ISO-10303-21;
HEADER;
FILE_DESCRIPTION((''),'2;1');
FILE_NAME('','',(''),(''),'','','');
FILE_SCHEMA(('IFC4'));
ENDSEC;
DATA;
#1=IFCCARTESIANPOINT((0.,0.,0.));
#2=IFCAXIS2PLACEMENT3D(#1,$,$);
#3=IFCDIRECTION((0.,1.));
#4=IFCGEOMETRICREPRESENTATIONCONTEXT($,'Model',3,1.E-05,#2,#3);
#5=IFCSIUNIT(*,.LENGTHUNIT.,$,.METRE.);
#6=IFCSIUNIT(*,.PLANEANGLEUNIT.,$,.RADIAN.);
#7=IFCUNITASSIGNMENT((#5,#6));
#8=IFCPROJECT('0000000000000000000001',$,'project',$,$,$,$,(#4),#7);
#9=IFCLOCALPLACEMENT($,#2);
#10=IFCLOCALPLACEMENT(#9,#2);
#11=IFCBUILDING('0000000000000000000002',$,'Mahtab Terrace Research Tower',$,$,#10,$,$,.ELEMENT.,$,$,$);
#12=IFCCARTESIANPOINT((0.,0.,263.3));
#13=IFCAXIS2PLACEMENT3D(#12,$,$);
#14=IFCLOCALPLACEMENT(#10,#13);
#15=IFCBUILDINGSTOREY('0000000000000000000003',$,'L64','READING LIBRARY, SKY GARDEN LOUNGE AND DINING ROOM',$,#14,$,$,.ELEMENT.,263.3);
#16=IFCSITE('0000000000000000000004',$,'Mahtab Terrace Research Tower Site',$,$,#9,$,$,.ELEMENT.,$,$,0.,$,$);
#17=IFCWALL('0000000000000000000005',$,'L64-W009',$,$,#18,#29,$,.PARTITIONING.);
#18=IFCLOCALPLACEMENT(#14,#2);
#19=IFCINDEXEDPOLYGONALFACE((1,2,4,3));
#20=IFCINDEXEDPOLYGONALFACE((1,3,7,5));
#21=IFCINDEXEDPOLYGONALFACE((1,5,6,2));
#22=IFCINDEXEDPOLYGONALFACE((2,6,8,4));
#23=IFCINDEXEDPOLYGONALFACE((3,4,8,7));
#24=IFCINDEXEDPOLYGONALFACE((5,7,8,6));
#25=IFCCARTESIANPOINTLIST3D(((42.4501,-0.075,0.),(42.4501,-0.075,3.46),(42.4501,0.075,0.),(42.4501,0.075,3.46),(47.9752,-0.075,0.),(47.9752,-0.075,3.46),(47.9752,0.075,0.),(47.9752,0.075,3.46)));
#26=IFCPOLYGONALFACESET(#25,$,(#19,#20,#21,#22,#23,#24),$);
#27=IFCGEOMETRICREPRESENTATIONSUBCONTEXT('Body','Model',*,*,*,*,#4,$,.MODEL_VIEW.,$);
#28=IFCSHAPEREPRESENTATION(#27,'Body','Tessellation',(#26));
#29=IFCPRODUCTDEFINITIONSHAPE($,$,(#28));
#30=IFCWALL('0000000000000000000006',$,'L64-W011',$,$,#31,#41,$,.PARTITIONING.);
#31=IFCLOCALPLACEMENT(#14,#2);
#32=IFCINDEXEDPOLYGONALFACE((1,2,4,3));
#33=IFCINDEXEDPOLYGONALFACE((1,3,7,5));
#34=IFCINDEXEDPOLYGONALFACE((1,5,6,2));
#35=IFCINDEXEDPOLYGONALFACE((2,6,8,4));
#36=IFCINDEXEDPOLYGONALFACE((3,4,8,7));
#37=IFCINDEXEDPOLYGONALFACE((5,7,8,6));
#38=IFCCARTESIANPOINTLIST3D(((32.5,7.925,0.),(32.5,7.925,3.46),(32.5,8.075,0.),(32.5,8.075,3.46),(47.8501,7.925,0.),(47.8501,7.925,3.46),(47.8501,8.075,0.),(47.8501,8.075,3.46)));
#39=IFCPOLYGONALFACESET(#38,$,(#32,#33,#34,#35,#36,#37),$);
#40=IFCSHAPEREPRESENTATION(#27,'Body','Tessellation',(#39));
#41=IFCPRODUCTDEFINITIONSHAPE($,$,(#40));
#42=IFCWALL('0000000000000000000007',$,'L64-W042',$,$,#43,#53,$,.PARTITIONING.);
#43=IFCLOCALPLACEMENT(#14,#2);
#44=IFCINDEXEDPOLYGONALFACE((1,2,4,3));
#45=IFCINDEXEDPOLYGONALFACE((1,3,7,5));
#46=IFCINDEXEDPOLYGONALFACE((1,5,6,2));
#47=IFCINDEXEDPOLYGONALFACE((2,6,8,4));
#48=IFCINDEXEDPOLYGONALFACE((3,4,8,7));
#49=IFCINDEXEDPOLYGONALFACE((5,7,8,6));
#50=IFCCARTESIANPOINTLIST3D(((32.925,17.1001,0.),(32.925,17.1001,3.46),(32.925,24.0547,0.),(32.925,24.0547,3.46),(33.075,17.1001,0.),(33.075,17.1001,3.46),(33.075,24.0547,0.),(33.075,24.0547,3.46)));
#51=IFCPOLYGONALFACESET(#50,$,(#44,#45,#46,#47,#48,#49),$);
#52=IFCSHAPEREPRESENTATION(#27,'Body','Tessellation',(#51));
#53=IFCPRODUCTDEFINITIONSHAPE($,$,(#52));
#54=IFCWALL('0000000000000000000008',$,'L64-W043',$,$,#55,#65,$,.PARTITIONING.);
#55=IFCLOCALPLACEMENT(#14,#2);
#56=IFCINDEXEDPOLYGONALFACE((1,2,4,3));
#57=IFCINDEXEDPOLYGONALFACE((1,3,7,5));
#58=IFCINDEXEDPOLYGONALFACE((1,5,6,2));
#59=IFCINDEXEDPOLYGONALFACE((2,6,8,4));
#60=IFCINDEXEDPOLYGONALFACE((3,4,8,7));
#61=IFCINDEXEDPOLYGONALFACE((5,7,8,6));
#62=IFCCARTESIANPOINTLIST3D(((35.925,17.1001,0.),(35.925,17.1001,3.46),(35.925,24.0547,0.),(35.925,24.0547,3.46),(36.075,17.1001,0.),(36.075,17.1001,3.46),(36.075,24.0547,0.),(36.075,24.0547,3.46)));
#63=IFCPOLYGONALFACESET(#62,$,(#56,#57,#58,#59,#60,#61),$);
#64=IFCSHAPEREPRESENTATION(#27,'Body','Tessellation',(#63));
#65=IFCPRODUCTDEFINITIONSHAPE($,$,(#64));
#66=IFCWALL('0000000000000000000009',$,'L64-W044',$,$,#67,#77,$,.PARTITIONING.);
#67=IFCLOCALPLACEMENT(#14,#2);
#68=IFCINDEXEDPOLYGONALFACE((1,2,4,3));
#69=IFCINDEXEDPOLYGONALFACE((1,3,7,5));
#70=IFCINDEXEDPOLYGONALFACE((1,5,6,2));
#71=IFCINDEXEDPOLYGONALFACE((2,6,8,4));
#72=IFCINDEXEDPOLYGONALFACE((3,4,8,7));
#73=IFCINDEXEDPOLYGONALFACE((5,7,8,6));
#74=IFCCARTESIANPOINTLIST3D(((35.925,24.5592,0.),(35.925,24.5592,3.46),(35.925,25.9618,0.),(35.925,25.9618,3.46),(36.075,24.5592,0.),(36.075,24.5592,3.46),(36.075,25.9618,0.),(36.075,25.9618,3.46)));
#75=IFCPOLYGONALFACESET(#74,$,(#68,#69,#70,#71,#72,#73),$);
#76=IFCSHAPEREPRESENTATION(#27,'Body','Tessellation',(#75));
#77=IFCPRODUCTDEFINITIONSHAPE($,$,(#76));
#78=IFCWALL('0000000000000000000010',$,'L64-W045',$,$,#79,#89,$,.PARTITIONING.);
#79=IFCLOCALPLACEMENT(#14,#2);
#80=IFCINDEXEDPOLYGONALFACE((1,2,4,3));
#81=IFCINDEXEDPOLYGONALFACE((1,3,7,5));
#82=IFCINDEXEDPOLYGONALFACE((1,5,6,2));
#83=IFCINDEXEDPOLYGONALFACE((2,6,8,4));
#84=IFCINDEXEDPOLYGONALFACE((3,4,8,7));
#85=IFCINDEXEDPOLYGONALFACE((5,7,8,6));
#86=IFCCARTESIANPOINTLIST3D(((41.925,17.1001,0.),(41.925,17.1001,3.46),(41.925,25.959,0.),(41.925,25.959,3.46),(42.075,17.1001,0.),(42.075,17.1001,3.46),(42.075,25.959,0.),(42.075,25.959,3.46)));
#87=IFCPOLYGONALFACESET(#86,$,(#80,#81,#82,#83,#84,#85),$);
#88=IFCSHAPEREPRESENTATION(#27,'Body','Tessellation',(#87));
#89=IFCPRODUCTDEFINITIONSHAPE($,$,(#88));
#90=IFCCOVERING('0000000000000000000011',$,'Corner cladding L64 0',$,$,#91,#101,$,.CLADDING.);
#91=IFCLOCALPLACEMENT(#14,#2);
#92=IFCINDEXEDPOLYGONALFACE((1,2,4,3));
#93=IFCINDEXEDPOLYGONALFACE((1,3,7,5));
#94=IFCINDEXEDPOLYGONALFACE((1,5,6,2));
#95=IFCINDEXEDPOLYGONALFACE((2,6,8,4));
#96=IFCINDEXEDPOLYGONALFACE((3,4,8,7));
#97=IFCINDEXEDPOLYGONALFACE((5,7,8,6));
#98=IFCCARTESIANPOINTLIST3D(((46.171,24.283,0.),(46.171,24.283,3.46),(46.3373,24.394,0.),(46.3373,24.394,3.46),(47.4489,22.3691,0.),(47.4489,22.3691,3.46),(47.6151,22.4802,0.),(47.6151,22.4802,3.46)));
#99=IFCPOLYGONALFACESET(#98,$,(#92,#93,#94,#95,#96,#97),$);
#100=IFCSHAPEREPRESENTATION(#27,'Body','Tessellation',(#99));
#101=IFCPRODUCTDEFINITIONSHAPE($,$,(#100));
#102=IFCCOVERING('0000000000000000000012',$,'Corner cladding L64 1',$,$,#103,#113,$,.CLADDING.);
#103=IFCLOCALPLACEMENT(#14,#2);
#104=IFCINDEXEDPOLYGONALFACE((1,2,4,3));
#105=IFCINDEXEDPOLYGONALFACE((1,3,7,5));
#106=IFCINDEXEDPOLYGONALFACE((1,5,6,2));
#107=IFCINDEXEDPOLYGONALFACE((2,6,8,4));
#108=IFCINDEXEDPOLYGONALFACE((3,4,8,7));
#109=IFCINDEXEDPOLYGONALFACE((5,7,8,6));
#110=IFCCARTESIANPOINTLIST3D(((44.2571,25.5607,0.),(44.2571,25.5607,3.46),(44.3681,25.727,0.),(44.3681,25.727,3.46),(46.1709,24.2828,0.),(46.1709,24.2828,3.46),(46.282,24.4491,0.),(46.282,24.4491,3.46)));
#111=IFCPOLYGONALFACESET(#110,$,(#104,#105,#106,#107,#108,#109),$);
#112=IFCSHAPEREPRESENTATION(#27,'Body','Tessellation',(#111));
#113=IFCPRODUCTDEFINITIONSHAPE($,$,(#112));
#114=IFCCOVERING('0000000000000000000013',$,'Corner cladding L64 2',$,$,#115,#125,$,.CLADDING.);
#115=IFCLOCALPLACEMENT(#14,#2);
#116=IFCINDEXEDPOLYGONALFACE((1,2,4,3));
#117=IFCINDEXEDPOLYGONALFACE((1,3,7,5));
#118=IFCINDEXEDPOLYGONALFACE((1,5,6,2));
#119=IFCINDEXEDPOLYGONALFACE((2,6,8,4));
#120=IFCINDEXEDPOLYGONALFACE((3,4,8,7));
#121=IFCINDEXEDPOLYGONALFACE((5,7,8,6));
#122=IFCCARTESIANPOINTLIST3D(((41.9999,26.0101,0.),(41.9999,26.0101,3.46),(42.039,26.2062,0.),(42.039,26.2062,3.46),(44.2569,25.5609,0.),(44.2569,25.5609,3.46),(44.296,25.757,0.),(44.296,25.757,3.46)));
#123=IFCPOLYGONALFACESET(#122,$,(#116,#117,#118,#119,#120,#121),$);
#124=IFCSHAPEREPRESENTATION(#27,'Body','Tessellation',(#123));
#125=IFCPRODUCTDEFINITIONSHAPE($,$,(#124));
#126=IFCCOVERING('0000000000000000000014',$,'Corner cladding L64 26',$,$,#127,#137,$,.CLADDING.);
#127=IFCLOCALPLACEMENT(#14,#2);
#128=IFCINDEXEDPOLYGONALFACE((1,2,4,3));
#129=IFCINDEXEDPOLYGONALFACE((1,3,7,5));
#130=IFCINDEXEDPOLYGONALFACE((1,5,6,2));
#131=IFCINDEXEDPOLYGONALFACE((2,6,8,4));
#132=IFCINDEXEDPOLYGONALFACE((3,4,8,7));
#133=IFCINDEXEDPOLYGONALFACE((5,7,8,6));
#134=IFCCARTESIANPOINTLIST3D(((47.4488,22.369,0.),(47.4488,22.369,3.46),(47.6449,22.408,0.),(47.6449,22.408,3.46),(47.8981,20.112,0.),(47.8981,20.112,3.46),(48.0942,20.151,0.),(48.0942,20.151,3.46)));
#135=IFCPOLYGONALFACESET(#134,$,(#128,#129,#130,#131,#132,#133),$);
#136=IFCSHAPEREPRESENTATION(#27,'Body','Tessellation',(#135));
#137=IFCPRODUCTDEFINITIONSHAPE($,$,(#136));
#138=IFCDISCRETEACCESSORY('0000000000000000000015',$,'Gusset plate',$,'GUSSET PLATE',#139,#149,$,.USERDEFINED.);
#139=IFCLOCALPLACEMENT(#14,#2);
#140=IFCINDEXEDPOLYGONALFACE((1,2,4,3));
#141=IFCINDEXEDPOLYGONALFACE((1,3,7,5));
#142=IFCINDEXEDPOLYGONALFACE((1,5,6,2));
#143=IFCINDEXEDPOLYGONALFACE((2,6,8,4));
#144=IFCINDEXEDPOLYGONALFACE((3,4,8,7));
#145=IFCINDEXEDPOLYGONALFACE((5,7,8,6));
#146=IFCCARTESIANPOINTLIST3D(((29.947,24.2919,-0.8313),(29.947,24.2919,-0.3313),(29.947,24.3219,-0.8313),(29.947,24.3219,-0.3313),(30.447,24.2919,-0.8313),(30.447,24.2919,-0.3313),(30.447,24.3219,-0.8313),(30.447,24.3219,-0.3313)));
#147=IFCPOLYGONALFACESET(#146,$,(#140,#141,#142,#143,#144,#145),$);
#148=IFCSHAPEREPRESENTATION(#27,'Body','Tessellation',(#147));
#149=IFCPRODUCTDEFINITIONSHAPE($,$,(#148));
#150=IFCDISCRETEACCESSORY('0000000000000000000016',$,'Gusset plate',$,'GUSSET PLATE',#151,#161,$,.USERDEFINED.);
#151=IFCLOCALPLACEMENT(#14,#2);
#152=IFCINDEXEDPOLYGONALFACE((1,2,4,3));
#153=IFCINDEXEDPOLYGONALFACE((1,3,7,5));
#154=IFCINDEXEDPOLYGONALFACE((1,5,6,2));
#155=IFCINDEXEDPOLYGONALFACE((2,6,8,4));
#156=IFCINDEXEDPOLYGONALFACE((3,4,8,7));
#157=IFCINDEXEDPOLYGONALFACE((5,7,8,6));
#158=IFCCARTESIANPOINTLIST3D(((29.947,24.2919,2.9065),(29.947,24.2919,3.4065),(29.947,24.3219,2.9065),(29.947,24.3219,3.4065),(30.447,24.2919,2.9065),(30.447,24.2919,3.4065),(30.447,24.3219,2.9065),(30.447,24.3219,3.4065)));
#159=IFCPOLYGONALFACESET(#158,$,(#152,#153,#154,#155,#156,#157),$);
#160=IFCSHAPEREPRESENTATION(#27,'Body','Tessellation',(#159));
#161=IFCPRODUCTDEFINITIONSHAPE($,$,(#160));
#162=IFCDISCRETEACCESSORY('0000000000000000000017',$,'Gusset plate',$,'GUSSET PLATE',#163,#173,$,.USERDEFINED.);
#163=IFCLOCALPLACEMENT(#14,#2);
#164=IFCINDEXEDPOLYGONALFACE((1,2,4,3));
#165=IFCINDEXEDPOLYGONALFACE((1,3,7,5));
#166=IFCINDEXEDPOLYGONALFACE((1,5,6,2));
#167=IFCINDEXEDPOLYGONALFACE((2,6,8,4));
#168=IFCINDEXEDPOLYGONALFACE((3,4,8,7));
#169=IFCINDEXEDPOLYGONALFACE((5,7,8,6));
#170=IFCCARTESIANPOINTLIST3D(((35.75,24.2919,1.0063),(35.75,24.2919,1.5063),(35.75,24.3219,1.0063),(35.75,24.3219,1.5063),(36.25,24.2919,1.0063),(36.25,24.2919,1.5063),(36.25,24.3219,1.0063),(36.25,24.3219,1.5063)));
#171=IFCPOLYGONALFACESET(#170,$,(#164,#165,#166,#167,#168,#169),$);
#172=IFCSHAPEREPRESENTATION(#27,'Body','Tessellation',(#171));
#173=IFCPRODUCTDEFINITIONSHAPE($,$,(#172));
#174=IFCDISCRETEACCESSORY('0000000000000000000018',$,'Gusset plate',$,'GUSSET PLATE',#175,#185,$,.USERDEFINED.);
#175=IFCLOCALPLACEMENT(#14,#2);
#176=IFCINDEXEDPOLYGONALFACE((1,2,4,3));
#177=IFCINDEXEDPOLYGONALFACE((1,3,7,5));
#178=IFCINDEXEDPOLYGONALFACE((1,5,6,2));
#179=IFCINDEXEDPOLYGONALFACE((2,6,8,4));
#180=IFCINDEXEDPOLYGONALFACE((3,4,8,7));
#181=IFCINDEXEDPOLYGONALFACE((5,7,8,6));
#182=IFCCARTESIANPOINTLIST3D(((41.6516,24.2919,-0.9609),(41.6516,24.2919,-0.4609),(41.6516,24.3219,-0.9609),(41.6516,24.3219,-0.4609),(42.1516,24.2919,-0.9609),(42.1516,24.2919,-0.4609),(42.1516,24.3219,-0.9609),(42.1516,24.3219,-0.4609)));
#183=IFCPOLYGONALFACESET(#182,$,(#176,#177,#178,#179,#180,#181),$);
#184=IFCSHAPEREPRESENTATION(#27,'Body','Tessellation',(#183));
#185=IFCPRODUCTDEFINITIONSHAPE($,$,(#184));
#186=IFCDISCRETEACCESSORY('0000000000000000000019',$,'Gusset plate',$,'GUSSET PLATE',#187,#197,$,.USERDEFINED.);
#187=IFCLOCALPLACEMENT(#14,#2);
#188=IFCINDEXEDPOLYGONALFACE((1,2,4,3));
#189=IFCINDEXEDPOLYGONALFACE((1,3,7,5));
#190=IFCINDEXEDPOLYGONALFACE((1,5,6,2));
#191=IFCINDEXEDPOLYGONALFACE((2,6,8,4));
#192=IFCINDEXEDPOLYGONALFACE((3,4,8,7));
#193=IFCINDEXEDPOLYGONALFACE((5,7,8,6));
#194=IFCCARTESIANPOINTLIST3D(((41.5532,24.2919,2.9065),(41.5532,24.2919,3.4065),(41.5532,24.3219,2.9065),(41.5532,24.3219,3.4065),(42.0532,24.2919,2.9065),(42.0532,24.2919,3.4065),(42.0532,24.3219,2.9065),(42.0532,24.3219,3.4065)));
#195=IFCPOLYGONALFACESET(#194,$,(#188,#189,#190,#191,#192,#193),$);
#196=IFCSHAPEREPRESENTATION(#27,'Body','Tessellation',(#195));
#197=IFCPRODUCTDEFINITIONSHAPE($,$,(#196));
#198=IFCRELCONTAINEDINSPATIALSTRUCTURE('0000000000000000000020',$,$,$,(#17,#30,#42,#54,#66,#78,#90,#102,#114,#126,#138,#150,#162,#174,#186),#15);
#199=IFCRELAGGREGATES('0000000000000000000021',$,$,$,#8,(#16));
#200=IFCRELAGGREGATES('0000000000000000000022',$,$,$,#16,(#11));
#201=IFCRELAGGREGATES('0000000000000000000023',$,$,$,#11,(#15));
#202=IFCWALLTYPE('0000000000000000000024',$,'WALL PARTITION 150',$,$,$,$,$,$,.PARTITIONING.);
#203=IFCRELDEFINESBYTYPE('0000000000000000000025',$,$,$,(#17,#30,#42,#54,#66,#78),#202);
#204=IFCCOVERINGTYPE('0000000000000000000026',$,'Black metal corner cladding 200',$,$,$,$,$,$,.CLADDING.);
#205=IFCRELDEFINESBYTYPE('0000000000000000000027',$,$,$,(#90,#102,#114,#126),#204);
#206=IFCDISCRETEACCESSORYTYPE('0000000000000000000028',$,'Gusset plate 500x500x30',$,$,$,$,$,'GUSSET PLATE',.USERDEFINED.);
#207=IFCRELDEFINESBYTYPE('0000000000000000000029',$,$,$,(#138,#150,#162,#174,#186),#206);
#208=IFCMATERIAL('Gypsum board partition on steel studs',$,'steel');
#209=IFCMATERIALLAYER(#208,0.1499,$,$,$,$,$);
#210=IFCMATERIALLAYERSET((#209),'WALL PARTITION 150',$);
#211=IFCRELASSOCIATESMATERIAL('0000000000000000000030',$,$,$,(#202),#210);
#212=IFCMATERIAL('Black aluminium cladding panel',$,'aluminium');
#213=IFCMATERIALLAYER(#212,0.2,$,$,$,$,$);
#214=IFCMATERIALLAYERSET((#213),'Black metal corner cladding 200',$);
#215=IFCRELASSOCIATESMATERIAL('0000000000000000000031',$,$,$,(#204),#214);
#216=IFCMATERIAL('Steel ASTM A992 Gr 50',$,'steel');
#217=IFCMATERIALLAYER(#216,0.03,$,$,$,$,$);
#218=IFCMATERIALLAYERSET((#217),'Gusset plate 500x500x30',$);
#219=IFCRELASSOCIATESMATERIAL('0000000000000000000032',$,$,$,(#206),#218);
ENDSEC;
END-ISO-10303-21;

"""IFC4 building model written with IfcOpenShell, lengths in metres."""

from ifc_helpers import new_model, si_unit, direction, frame, frame_2d, origin, origin_2d, place, context, subcontext, project, spatial, rectangle, extrude, material, layer, layer_set, type_object, element, save


model = new_model("IFC4")

# Units and contexts
model_context = context("Model", 3, precision=1e-05, world=origin(), true_north=direction((0.0, 1.0)))
body_context = subcontext(model_context, "Body", "Model", "MODEL_VIEW")
ifc_project = project(units=[si_unit("LENGTHUNIT", "METRE"), si_unit("PLANEANGLEUNIT", "RADIAN")], contexts=[model_context])

# Site, building, storey
site_placement = place(None, origin())
site = spatial("IfcSite", under=ifc_project, at=site_placement, Name="Mahtab Terrace Research Tower Site", CompositionType="ELEMENT", RefElevation=0.0)
building_placement = place(site_placement, origin())
building = spatial("IfcBuilding", under=site, at=building_placement, Name="Mahtab Terrace Research Tower", CompositionType="ELEMENT")
storey_placement = place(building_placement, frame((0.0, 0.0, 263.3)))
storey = spatial("IfcBuildingStorey", under=building, at=storey_placement, Name="L64", Description="READING LIBRARY, SKY GARDEN LOUNGE AND DINING ROOM", CompositionType="ELEMENT", Elevation=263.3)

# Shared definitions
ifc_material_1 = material(Name="Steel ASTM A992 Gr 50", Category="steel")

# Shared definitions
ifc_material_2 = material(Name="Black aluminium cladding panel", Category="aluminium")

# Walls
ifc_material_3 = material(Name="Gypsum board partition on steel studs", Category="steel")
ifc_layer_1 = layer(ifc_material_3, 0.1499)
ifc_layer_set_1 = layer_set([ifc_layer_1], Name="WALL PARTITION 150")
wall_type_1 = type_object("IfcWallType", Name="WALL PARTITION 150", PredefinedType="PARTITIONING", material=ifc_layer_set_1)
wall_1_placement = place(storey_placement, frame((42.45, 0.0, 0.0), z_axis=(0.0, 0.0, 1.0), x_axis=(1.0, 0.0, 0.0)))
element("IfcWall", 1, at=wall_1_placement, inside=storey, type_object=wall_type_1, Name="L64-W009", PredefinedType="PARTITIONING", context=body_context, shape_type="SweptSolid", body=[
    extrude(rectangle(XDim=5.5251, YDim=0.1499, at=frame_2d((2.7627, 0.0))), origin(), (0.0, 0.0, 1.0), 3.46),
])
wall_2_placement = place(storey_placement, frame((32.5, 8.0, 0.0), z_axis=(0.0, 0.0, 1.0), x_axis=(1.0, 0.0, 0.0)))
element("IfcWall", 2, at=wall_2_placement, inside=storey, type_object=wall_type_1, Name="L64-W011", PredefinedType="PARTITIONING", context=body_context, shape_type="SweptSolid", body=[
    extrude(rectangle(XDim=15.3501, YDim=0.1499, at=frame_2d((7.675, 0.0))), origin(), (0.0, 0.0, 1.0), 3.46),
])
for number, where, z_axis, x_axis, name in (
    (3, (33.0, 17.1001, 0.0), (0.0, 0.0, 1.0), (0.0, 1.0, 0.0), "L64-W042"),
    (4, (36.0, 17.1001, 0.0), (0.0, 0.0, 1.0), (0.0, 1.0, 0.0), "L64-W043"),
):
    element("IfcWall", number, at=place(storey_placement, frame(where, z_axis=z_axis, x_axis=x_axis)), inside=storey, type_object=wall_type_1, Name=name, PredefinedType="PARTITIONING", context=body_context, shape_type="SweptSolid", body=[
        extrude(rectangle(XDim=6.9546, YDim=0.1499, at=frame_2d((3.4773, 0.0))), origin(), (0.0, 0.0, 1.0), 3.46),
    ])
wall_3_placement = place(storey_placement, frame((36.0, 24.5593, 0.0), z_axis=(0.0, 0.0, 1.0), x_axis=(0.0, 1.0, 0.0)))
element("IfcWall", 5, at=wall_3_placement, inside=storey, type_object=wall_type_1, Name="L64-W044", PredefinedType="PARTITIONING", context=body_context, shape_type="SweptSolid", body=[
    extrude(rectangle(XDim=1.4026, YDim=0.1499, at=frame_2d((0.7012, 0.0))), origin(), (0.0, 0.0, 1.0), 3.46),
])
wall_4_placement = place(storey_placement, frame((42.0, 17.1001, 0.0), z_axis=(0.0, 0.0, 1.0), x_axis=(0.0, 1.0, 0.0)))
element("IfcWall", 6, at=wall_4_placement, inside=storey, type_object=wall_type_1, Name="L64-W045", PredefinedType="PARTITIONING", context=body_context, shape_type="SweptSolid", body=[
    extrude(rectangle(XDim=8.8589, YDim=0.1499, at=frame_2d((4.4294, 0.0))), origin(), (0.0, 0.0, 1.0), 3.46),
])

# Coverings
ifc_layer_2 = layer(ifc_material_2, 0.2)
ifc_layer_set_2 = layer_set([ifc_layer_2], Name="Black metal corner cladding 200")
covering_type = type_object("IfcCoveringType", Name="Black metal corner cladding 200", PredefinedType="CLADDING", material=ifc_layer_set_2)
for number, where, z_axis, x_axis, name in (
    (7, (46.8931, 23.3816, 0.0), (0.0, 0.0, 1.0), (-0.555291, 0.831656, 0.0), "Corner cladding L64 0"),
    (8, (45.2695, 25.0049, 0.0), (0.0, 0.0, 1.0), (-0.831656, 0.555291, 0.0), "Corner cladding L64 1"),
    (9, (43.1479, 25.8835, 0.0), (0.0, 0.0, 1.0), (-0.980761, 0.195212, 0.0), "Corner cladding L64 2"),
    (10, (47.7715, 21.26, 0.0), (0.0, 0.0, 1.0), (-0.195212, 0.980761, 0.0), "Corner cladding L64 26"),
):
    element("IfcCovering", number, at=place(storey_placement, frame(where, z_axis=z_axis, x_axis=x_axis)), inside=storey, type_object=covering_type, Name=name, PredefinedType="CLADDING", context=body_context, shape_type="SweptSolid", body=[
        extrude(rectangle(XDim=2.3013, YDim=0.2, at=origin_2d()), origin(), (0.0, 0.0, 1.0), 3.46),
    ])

# Discrete accessories
ifc_layer_3 = layer(ifc_material_1, 0.03)
ifc_layer_set_3 = layer_set([ifc_layer_3], Name="Gusset plate 500x500x30")
discrete_accessory_type = type_object("IfcDiscreteAccessoryType", Name="Gusset plate 500x500x30", ElementType="GUSSET PLATE", PredefinedType="USERDEFINED", material=ifc_layer_set_3)
for number, where, z_axis, x_axis, name in (
    (11, (30.197, 24.3069, -0.8313), (0.0, 0.0, 1.0), (1.0, 0.0, 0.0), "Gusset plate"),
    (12, (30.197, 24.3069, 2.9065), (0.0, 0.0, 1.0), (1.0, 0.0, 0.0), "Gusset plate"),
    (13, (36.0, 24.3069, 1.0063), (0.0, 0.0, 1.0), (1.0, 0.0, 0.0), "Gusset plate"),
    (14, (41.9016, 24.3069, -0.9609), (0.0, 0.0, 1.0), (1.0, 0.0, 0.0), "Gusset plate"),
    (15, (41.8032, 24.3069, 2.9065), (0.0, 0.0, 1.0), (1.0, 0.0, 0.0), "Gusset plate"),
):
    element("IfcDiscreteAccessory", number, at=place(storey_placement, frame(where, z_axis=z_axis, x_axis=x_axis)), inside=storey, type_object=discrete_accessory_type, Name=name, ObjectType="GUSSET PLATE", PredefinedType="USERDEFINED", context=body_context, shape_type="SweptSolid", body=[
        extrude(rectangle(XDim=0.5, YDim=0.03, at=origin_2d()), origin(), (0.0, 0.0, 1.0), 0.5),
    ])

save(model, "model.ifc")
